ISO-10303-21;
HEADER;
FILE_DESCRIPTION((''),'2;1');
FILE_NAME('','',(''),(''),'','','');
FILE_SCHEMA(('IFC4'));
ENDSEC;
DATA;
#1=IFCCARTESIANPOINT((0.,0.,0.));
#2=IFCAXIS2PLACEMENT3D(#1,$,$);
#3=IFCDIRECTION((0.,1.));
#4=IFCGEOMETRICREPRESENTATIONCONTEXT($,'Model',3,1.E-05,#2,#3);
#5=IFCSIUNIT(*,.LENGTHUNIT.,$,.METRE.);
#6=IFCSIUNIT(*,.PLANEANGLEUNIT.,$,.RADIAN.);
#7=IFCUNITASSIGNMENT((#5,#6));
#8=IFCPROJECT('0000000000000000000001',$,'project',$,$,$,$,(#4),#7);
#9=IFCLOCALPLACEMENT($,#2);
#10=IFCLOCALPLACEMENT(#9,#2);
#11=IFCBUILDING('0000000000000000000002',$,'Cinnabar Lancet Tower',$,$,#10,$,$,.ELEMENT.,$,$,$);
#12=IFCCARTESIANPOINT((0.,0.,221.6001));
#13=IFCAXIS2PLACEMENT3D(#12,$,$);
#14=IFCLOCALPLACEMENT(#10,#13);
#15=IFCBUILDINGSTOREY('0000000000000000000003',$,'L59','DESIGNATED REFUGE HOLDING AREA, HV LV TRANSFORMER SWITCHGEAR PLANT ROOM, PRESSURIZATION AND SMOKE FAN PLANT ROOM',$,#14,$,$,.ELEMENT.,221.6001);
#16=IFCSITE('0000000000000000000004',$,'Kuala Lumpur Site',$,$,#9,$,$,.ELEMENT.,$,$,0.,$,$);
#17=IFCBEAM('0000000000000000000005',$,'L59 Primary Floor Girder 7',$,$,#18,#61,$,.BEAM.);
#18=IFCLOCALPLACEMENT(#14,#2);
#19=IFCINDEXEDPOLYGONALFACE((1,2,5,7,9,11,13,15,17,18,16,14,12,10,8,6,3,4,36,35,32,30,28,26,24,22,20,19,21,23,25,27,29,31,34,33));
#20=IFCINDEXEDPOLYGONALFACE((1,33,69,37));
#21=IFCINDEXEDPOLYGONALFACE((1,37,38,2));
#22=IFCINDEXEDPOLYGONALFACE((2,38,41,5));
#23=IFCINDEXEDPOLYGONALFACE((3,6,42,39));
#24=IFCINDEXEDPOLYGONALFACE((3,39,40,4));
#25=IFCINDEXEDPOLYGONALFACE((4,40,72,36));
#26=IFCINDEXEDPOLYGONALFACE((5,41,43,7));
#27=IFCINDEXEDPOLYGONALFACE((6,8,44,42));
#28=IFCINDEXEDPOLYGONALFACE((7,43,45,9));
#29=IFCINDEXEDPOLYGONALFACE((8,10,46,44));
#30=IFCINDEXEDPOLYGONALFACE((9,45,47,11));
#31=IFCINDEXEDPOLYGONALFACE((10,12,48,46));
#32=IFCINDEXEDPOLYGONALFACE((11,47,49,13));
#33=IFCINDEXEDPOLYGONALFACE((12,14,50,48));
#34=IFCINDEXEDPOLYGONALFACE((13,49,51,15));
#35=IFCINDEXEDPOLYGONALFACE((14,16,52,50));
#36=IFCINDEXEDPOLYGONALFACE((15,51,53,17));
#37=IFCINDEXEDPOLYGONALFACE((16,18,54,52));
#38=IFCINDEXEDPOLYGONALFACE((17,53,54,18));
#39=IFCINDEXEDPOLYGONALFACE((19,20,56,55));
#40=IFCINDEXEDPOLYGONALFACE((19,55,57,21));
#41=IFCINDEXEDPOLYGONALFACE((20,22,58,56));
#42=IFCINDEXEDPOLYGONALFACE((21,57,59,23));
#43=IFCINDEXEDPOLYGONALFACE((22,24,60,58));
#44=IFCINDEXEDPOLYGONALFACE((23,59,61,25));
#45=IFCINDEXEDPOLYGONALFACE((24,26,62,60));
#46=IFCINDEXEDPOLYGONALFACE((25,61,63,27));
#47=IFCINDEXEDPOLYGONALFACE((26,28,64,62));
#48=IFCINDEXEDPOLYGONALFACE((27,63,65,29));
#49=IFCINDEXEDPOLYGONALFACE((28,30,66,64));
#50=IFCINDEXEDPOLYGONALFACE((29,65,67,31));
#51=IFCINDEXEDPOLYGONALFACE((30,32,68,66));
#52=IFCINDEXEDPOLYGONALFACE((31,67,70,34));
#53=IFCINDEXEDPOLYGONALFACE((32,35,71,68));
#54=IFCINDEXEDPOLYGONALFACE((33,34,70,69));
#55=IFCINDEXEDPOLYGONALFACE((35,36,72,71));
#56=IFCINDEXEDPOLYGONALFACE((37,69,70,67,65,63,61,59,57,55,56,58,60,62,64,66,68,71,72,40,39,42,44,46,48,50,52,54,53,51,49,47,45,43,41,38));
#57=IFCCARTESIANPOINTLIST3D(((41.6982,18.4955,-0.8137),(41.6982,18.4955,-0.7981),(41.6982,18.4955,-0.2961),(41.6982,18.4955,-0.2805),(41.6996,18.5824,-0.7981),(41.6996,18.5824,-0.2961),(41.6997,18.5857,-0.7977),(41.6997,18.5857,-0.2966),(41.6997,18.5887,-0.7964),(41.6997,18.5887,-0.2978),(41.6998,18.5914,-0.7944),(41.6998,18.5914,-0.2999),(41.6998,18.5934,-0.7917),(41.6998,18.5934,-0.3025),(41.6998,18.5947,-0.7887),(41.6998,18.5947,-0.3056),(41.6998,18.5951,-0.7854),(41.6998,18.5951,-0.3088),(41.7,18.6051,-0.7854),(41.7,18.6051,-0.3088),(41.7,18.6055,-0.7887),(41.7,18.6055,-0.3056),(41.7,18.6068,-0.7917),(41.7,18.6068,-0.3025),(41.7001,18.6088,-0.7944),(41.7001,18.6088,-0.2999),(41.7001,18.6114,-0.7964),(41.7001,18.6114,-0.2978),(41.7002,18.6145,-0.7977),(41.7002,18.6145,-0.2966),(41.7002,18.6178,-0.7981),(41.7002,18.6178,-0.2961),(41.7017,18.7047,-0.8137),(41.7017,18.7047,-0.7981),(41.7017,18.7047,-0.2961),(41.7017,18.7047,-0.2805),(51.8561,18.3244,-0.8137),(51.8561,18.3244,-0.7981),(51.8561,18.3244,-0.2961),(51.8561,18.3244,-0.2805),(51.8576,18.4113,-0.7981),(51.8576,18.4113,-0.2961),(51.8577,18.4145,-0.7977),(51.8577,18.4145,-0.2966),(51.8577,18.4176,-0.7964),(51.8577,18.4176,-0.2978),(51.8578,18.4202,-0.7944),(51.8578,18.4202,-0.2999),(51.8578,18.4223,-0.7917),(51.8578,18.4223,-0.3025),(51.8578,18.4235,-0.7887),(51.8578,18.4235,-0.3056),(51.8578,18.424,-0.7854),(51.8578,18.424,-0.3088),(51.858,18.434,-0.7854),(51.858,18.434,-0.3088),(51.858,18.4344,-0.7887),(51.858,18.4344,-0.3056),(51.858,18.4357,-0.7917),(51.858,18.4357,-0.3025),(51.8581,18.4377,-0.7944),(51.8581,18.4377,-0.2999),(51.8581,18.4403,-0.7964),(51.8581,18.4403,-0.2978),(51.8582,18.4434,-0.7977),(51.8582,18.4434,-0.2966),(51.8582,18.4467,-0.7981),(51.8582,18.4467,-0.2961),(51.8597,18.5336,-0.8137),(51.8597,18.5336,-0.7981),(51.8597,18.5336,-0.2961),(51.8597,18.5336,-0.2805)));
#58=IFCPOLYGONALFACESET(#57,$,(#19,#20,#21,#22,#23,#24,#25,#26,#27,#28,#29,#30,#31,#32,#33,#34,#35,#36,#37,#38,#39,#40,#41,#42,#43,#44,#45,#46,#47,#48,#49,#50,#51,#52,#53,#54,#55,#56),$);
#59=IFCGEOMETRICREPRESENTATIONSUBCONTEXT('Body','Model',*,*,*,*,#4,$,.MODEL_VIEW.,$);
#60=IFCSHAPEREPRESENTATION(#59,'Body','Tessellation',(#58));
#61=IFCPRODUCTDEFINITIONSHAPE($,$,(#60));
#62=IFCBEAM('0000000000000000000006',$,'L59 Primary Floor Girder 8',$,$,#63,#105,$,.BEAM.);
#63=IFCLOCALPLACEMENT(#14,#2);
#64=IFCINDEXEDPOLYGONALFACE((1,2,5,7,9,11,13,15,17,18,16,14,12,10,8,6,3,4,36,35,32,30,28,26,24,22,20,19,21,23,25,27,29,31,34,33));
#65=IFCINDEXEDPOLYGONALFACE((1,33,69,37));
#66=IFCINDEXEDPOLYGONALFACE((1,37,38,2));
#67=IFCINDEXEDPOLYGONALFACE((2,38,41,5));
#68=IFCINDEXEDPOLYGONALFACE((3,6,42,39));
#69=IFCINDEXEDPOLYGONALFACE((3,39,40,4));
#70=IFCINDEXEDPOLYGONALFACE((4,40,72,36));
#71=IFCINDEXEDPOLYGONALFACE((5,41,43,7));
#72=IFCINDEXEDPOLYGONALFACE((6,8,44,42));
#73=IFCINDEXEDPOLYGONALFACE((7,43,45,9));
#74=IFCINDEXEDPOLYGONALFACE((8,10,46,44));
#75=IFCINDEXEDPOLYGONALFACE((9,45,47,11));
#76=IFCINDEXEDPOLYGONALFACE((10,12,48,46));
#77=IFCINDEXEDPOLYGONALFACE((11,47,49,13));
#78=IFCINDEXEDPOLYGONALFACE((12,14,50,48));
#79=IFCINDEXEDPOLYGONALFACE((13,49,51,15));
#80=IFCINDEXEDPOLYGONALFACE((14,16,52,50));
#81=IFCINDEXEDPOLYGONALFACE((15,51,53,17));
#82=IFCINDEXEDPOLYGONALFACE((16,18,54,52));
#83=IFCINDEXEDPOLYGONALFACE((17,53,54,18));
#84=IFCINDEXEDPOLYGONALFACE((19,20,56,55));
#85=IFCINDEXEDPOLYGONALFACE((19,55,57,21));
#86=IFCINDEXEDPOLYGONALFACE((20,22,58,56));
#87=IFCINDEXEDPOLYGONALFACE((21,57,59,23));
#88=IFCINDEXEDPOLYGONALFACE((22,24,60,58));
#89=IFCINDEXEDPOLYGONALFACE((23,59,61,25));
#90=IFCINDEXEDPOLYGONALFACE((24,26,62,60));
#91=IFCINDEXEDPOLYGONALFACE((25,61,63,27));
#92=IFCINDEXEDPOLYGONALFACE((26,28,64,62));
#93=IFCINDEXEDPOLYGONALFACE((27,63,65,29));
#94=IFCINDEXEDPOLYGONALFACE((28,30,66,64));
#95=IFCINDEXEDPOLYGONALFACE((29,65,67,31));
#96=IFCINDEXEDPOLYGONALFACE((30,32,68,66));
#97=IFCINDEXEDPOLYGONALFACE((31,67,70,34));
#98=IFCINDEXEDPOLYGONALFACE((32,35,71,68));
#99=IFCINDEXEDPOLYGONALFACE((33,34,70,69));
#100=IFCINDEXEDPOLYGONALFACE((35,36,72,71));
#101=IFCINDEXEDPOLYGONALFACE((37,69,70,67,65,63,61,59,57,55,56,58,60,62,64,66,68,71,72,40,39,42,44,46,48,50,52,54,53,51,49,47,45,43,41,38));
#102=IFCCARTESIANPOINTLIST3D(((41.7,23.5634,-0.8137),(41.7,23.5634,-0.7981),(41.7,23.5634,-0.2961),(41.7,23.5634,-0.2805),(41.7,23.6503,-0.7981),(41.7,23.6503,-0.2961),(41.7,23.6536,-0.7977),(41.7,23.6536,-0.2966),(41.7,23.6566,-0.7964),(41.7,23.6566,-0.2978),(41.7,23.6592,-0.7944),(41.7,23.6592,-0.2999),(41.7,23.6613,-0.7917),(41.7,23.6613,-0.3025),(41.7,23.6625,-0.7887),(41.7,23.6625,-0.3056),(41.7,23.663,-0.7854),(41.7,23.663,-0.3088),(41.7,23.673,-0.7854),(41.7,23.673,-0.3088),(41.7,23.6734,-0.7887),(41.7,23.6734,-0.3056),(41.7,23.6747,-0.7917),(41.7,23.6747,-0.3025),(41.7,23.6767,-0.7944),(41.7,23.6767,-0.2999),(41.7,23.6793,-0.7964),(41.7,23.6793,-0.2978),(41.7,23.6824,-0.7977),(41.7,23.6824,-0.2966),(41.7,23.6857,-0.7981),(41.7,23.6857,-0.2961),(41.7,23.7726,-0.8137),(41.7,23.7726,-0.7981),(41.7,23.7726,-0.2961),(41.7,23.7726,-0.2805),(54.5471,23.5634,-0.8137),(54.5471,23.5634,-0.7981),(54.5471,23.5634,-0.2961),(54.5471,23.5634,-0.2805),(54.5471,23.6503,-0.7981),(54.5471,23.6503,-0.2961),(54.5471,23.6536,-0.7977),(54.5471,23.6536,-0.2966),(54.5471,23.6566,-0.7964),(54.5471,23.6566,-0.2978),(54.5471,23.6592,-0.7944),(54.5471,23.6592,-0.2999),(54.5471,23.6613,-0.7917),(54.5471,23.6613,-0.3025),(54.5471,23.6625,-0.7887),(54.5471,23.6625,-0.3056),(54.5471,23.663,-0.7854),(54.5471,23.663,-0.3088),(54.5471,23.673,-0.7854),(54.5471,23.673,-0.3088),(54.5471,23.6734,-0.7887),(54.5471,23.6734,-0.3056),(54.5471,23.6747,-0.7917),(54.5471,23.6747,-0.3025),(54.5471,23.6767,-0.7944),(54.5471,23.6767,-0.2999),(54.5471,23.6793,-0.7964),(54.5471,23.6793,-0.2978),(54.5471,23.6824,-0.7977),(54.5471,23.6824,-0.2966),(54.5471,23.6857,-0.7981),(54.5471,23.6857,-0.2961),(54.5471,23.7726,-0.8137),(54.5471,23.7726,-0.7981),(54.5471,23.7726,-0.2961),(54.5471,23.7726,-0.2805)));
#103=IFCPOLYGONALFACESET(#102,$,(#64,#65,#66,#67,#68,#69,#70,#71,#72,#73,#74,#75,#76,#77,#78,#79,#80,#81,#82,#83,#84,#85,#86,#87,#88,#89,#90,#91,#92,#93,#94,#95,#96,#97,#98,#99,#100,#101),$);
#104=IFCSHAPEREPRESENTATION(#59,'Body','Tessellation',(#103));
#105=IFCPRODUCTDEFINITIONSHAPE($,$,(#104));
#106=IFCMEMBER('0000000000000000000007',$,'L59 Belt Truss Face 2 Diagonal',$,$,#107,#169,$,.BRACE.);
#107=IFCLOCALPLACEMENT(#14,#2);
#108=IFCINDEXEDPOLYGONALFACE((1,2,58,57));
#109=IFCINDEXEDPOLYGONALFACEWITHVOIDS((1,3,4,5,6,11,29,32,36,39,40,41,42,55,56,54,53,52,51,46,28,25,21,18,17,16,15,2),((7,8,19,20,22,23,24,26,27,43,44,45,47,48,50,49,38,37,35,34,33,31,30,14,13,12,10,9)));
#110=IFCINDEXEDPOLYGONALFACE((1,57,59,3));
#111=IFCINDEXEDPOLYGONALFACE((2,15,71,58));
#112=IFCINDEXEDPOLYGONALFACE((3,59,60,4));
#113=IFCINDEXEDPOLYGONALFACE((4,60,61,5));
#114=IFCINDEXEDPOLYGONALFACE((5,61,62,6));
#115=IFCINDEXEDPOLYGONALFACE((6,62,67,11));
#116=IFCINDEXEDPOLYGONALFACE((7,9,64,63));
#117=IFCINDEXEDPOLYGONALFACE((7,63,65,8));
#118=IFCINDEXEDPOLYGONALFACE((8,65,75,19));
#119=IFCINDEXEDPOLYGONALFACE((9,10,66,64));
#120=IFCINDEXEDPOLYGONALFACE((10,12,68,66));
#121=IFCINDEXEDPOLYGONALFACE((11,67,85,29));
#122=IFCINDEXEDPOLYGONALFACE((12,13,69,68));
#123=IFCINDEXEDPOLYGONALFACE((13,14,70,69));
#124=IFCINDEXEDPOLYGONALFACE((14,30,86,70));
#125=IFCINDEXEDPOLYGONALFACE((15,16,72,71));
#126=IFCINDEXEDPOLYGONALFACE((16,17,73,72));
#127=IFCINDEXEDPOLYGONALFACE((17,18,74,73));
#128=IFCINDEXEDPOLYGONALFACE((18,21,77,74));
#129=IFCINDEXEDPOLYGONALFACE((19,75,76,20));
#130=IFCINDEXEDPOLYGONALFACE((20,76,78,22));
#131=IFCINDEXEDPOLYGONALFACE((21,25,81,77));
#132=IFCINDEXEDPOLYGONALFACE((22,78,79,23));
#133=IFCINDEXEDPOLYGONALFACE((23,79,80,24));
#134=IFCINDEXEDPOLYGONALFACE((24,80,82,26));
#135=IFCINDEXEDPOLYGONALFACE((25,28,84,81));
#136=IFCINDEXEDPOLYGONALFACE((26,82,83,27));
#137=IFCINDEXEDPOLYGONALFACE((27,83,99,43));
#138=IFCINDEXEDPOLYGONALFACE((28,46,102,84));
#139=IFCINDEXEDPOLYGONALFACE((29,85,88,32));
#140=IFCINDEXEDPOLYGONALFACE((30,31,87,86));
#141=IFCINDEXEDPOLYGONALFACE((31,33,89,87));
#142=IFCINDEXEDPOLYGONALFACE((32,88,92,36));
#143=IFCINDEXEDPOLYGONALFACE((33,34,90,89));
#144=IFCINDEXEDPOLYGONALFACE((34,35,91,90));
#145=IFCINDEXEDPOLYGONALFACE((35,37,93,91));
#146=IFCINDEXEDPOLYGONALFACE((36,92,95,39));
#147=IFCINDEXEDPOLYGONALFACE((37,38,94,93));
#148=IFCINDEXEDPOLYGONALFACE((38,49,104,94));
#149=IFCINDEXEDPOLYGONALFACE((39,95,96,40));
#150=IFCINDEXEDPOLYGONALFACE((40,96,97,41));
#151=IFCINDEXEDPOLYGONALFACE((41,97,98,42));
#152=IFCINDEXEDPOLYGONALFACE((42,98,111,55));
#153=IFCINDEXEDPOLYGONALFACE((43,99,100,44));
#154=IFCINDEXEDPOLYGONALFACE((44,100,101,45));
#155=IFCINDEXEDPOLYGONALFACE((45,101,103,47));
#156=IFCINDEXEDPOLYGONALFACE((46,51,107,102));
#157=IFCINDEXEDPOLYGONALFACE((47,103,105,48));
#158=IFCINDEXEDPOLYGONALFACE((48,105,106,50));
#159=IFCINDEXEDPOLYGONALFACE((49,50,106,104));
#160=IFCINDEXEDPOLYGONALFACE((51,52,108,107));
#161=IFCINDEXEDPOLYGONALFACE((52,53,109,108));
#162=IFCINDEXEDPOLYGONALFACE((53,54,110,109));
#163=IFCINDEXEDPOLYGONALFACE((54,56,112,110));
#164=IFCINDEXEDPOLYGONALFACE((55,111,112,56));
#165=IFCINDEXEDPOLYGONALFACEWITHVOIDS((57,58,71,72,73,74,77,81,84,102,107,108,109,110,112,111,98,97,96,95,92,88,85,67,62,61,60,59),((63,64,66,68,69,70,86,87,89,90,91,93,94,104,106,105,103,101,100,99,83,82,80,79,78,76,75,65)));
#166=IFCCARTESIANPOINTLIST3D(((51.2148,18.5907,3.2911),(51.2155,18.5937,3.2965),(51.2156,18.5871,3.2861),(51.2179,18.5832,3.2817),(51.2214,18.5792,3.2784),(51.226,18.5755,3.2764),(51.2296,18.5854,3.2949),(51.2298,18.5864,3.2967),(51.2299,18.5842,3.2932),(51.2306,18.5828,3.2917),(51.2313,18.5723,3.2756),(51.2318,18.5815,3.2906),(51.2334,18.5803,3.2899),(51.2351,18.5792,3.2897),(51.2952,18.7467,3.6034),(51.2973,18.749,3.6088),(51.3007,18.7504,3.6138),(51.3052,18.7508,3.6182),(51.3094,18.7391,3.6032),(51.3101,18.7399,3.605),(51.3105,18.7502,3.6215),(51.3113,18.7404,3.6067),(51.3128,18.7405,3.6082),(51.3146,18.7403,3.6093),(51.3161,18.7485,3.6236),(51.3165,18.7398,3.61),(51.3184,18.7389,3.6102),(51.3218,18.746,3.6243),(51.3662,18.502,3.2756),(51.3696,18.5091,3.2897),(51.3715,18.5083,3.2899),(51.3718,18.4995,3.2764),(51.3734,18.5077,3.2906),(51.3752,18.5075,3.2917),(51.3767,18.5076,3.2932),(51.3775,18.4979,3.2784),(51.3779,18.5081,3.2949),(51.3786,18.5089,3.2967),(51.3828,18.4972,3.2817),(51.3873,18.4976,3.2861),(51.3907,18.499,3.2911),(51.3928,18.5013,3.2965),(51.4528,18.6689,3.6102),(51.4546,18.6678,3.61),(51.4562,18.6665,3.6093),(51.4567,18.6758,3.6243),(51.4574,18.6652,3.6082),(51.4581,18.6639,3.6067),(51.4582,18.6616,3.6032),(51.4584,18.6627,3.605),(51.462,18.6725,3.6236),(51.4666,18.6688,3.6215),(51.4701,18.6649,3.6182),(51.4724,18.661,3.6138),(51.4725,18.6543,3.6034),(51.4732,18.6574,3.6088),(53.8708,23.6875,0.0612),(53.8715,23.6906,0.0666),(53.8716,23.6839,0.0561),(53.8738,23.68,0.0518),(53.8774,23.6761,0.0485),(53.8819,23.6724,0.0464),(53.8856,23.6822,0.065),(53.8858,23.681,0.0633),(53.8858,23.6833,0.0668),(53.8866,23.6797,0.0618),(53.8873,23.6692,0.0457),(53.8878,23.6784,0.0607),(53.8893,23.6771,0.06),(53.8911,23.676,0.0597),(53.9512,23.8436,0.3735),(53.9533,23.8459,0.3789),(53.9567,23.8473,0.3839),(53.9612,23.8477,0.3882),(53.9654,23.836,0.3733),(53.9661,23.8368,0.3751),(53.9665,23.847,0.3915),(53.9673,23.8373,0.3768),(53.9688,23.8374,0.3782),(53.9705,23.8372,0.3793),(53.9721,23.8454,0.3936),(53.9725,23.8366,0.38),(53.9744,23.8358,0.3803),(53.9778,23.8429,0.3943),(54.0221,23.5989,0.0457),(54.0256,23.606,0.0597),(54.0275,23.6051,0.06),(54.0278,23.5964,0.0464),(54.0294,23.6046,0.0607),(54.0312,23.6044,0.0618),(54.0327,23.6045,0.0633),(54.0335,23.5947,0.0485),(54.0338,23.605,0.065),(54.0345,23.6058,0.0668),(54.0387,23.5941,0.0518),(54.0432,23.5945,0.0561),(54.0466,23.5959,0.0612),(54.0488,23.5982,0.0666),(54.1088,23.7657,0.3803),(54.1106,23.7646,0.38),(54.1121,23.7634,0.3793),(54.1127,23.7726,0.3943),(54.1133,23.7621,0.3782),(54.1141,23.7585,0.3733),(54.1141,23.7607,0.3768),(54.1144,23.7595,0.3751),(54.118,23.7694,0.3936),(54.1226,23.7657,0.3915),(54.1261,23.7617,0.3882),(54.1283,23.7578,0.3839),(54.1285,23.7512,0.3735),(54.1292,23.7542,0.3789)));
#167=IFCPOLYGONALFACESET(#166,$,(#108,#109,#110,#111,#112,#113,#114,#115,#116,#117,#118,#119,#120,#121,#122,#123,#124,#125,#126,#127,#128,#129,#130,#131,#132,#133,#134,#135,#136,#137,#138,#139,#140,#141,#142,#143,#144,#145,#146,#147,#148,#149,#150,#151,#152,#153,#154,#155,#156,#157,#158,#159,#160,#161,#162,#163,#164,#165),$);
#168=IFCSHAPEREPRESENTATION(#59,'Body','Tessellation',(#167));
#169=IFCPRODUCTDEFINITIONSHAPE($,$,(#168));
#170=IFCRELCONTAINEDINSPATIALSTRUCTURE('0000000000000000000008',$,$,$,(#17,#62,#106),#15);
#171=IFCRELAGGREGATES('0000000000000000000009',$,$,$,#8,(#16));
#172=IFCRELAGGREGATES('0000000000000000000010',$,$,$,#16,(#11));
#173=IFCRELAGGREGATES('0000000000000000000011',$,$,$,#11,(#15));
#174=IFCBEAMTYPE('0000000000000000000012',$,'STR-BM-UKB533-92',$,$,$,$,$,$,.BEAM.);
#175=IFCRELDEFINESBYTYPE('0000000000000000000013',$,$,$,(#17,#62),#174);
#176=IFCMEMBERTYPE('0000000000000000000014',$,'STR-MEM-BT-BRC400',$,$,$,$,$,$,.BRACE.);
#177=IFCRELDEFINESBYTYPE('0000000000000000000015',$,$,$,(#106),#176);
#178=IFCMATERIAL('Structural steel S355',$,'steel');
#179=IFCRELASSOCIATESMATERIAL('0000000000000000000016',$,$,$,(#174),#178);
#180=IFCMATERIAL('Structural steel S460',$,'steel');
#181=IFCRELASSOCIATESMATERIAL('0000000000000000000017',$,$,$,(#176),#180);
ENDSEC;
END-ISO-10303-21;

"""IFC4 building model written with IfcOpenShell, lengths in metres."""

from ifc_helpers import new_model, si_unit, direction, frame, origin, origin_2d, place, context, subcontext, project, spatial, hollow_rectangle, i_section, extrude, material, material_profile, profile_set, type_object, element, save


model = new_model("IFC4")

# Units and contexts
model_context = context("Model", 3, precision=1e-05, world=origin(), true_north=direction((0.0, 1.0)))
body_context = subcontext(model_context, "Body", "Model", "MODEL_VIEW")
ifc_project = project(units=[si_unit("LENGTHUNIT", "METRE"), si_unit("PLANEANGLEUNIT", "RADIAN")], contexts=[model_context])

# Site, building, storey
site_placement = place(None, origin())
site = spatial("IfcSite", under=ifc_project, at=site_placement, Name="Kuala Lumpur Site", CompositionType="ELEMENT", RefElevation=0.0)
building_placement = place(site_placement, origin())
building = spatial("IfcBuilding", under=site, at=building_placement, Name="Cinnabar Lancet Tower", CompositionType="ELEMENT")
storey_placement = place(building_placement, frame((0.0, 0.0, 221.6001)))
storey = spatial("IfcBuildingStorey", under=building, at=storey_placement, Name="L59", Description="DESIGNATED REFUGE HOLDING AREA, HV LV TRANSFORMER SWITCHGEAR PLANT ROOM, PRESSURIZATION AND SMOKE FAN PLANT ROOM", CompositionType="ELEMENT", Elevation=221.6001)

# Beams
ifc_material_1 = material(Name="Structural steel S355", Category="steel")
ifc_material_profile_1 = material_profile(ifc_material_1, i_section(OverallWidth=0.2092, OverallDepth=0.5332, WebThickness=0.01, FlangeThickness=0.0156, FilletRadius=0.0127, at=origin_2d()), Name="UKB 533x210x92")
ifc_profile_set_1 = profile_set([ifc_material_profile_1], Name="Structural steel S355")
beam_type_1 = type_object("IfcBeamType", Name="STR-BM-UKB533-92", PredefinedType="BEAM", material=ifc_profile_set_1)
beam_1_placement = place(storey_placement, frame((51.8579, 18.429, -0.5471), z_axis=(-0.999858, 0.016846, 0.0), x_axis=(-0.016846, -0.999858, 0.0)))
element("IfcBeam", 1, at=beam_1_placement, inside=storey, type_object=beam_type_1, Name="L59 Primary Floor Girder 7", PredefinedType="BEAM", context=body_context, shape_type="SweptSolid", body=[
    extrude(i_section(OverallWidth=0.2092, OverallDepth=0.5332, WebThickness=0.01, FlangeThickness=0.0156, FilletRadius=0.0127, at=origin_2d()), origin(), (0.0, 0.0, 1.0), 10.1594),
])
beam_2_placement = place(storey_placement, frame((54.5471, 23.668, -0.5471), z_axis=(-1.0, 0.0, 0.0), x_axis=(0.0, -1.0, 0.0)))
element("IfcBeam", 2, at=beam_2_placement, inside=storey, type_object=beam_type_1, Name="L59 Primary Floor Girder 8", PredefinedType="BEAM", context=body_context, shape_type="SweptSolid", body=[
    extrude(i_section(OverallWidth=0.2092, OverallDepth=0.5332, WebThickness=0.01, FlangeThickness=0.0156, FilletRadius=0.0127, at=origin_2d()), origin(), (0.0, 0.0, 1.0), 12.8472),
])

# Member
ifc_material_2 = material(Name="Structural steel S460", Category="steel")
ifc_material_profile_2 = material_profile(ifc_material_2, hollow_rectangle(XDim=0.2, YDim=0.3999, WallThickness=0.0161, InnerFilletRadius=0.0081, OuterFilletRadius=0.0239, at=origin_2d()), Name="RHS 400x200x16")
ifc_profile_set_2 = profile_set([ifc_material_profile_2], Name="Structural steel S460")
member_type_1 = type_object("IfcMemberType", Name="STR-MEM-BT-BRC400", PredefinedType="BRACE", material=ifc_profile_set_2)
member_placement = place(storey_placement, frame((51.344, 18.624, 3.45), z_axis=(0.402861, 0.773098, -0.489921), x_axis=(-0.886817, 0.46212, 0.0)))
element("IfcMember", 3, at=member_placement, inside=storey, type_object=member_type_1, Name="L59 Belt Truss Face 2 Diagonal", PredefinedType="BRACE", context=body_context, shape_type="SweptSolid", body=[
    extrude(hollow_rectangle(XDim=0.2, YDim=0.3999, WallThickness=0.0161, InnerFilletRadius=0.0081, OuterFilletRadius=0.0239, at=origin_2d()), origin(), (0.0, 0.0, 1.0), 6.5928),
])

save(model, "model.ifc")
